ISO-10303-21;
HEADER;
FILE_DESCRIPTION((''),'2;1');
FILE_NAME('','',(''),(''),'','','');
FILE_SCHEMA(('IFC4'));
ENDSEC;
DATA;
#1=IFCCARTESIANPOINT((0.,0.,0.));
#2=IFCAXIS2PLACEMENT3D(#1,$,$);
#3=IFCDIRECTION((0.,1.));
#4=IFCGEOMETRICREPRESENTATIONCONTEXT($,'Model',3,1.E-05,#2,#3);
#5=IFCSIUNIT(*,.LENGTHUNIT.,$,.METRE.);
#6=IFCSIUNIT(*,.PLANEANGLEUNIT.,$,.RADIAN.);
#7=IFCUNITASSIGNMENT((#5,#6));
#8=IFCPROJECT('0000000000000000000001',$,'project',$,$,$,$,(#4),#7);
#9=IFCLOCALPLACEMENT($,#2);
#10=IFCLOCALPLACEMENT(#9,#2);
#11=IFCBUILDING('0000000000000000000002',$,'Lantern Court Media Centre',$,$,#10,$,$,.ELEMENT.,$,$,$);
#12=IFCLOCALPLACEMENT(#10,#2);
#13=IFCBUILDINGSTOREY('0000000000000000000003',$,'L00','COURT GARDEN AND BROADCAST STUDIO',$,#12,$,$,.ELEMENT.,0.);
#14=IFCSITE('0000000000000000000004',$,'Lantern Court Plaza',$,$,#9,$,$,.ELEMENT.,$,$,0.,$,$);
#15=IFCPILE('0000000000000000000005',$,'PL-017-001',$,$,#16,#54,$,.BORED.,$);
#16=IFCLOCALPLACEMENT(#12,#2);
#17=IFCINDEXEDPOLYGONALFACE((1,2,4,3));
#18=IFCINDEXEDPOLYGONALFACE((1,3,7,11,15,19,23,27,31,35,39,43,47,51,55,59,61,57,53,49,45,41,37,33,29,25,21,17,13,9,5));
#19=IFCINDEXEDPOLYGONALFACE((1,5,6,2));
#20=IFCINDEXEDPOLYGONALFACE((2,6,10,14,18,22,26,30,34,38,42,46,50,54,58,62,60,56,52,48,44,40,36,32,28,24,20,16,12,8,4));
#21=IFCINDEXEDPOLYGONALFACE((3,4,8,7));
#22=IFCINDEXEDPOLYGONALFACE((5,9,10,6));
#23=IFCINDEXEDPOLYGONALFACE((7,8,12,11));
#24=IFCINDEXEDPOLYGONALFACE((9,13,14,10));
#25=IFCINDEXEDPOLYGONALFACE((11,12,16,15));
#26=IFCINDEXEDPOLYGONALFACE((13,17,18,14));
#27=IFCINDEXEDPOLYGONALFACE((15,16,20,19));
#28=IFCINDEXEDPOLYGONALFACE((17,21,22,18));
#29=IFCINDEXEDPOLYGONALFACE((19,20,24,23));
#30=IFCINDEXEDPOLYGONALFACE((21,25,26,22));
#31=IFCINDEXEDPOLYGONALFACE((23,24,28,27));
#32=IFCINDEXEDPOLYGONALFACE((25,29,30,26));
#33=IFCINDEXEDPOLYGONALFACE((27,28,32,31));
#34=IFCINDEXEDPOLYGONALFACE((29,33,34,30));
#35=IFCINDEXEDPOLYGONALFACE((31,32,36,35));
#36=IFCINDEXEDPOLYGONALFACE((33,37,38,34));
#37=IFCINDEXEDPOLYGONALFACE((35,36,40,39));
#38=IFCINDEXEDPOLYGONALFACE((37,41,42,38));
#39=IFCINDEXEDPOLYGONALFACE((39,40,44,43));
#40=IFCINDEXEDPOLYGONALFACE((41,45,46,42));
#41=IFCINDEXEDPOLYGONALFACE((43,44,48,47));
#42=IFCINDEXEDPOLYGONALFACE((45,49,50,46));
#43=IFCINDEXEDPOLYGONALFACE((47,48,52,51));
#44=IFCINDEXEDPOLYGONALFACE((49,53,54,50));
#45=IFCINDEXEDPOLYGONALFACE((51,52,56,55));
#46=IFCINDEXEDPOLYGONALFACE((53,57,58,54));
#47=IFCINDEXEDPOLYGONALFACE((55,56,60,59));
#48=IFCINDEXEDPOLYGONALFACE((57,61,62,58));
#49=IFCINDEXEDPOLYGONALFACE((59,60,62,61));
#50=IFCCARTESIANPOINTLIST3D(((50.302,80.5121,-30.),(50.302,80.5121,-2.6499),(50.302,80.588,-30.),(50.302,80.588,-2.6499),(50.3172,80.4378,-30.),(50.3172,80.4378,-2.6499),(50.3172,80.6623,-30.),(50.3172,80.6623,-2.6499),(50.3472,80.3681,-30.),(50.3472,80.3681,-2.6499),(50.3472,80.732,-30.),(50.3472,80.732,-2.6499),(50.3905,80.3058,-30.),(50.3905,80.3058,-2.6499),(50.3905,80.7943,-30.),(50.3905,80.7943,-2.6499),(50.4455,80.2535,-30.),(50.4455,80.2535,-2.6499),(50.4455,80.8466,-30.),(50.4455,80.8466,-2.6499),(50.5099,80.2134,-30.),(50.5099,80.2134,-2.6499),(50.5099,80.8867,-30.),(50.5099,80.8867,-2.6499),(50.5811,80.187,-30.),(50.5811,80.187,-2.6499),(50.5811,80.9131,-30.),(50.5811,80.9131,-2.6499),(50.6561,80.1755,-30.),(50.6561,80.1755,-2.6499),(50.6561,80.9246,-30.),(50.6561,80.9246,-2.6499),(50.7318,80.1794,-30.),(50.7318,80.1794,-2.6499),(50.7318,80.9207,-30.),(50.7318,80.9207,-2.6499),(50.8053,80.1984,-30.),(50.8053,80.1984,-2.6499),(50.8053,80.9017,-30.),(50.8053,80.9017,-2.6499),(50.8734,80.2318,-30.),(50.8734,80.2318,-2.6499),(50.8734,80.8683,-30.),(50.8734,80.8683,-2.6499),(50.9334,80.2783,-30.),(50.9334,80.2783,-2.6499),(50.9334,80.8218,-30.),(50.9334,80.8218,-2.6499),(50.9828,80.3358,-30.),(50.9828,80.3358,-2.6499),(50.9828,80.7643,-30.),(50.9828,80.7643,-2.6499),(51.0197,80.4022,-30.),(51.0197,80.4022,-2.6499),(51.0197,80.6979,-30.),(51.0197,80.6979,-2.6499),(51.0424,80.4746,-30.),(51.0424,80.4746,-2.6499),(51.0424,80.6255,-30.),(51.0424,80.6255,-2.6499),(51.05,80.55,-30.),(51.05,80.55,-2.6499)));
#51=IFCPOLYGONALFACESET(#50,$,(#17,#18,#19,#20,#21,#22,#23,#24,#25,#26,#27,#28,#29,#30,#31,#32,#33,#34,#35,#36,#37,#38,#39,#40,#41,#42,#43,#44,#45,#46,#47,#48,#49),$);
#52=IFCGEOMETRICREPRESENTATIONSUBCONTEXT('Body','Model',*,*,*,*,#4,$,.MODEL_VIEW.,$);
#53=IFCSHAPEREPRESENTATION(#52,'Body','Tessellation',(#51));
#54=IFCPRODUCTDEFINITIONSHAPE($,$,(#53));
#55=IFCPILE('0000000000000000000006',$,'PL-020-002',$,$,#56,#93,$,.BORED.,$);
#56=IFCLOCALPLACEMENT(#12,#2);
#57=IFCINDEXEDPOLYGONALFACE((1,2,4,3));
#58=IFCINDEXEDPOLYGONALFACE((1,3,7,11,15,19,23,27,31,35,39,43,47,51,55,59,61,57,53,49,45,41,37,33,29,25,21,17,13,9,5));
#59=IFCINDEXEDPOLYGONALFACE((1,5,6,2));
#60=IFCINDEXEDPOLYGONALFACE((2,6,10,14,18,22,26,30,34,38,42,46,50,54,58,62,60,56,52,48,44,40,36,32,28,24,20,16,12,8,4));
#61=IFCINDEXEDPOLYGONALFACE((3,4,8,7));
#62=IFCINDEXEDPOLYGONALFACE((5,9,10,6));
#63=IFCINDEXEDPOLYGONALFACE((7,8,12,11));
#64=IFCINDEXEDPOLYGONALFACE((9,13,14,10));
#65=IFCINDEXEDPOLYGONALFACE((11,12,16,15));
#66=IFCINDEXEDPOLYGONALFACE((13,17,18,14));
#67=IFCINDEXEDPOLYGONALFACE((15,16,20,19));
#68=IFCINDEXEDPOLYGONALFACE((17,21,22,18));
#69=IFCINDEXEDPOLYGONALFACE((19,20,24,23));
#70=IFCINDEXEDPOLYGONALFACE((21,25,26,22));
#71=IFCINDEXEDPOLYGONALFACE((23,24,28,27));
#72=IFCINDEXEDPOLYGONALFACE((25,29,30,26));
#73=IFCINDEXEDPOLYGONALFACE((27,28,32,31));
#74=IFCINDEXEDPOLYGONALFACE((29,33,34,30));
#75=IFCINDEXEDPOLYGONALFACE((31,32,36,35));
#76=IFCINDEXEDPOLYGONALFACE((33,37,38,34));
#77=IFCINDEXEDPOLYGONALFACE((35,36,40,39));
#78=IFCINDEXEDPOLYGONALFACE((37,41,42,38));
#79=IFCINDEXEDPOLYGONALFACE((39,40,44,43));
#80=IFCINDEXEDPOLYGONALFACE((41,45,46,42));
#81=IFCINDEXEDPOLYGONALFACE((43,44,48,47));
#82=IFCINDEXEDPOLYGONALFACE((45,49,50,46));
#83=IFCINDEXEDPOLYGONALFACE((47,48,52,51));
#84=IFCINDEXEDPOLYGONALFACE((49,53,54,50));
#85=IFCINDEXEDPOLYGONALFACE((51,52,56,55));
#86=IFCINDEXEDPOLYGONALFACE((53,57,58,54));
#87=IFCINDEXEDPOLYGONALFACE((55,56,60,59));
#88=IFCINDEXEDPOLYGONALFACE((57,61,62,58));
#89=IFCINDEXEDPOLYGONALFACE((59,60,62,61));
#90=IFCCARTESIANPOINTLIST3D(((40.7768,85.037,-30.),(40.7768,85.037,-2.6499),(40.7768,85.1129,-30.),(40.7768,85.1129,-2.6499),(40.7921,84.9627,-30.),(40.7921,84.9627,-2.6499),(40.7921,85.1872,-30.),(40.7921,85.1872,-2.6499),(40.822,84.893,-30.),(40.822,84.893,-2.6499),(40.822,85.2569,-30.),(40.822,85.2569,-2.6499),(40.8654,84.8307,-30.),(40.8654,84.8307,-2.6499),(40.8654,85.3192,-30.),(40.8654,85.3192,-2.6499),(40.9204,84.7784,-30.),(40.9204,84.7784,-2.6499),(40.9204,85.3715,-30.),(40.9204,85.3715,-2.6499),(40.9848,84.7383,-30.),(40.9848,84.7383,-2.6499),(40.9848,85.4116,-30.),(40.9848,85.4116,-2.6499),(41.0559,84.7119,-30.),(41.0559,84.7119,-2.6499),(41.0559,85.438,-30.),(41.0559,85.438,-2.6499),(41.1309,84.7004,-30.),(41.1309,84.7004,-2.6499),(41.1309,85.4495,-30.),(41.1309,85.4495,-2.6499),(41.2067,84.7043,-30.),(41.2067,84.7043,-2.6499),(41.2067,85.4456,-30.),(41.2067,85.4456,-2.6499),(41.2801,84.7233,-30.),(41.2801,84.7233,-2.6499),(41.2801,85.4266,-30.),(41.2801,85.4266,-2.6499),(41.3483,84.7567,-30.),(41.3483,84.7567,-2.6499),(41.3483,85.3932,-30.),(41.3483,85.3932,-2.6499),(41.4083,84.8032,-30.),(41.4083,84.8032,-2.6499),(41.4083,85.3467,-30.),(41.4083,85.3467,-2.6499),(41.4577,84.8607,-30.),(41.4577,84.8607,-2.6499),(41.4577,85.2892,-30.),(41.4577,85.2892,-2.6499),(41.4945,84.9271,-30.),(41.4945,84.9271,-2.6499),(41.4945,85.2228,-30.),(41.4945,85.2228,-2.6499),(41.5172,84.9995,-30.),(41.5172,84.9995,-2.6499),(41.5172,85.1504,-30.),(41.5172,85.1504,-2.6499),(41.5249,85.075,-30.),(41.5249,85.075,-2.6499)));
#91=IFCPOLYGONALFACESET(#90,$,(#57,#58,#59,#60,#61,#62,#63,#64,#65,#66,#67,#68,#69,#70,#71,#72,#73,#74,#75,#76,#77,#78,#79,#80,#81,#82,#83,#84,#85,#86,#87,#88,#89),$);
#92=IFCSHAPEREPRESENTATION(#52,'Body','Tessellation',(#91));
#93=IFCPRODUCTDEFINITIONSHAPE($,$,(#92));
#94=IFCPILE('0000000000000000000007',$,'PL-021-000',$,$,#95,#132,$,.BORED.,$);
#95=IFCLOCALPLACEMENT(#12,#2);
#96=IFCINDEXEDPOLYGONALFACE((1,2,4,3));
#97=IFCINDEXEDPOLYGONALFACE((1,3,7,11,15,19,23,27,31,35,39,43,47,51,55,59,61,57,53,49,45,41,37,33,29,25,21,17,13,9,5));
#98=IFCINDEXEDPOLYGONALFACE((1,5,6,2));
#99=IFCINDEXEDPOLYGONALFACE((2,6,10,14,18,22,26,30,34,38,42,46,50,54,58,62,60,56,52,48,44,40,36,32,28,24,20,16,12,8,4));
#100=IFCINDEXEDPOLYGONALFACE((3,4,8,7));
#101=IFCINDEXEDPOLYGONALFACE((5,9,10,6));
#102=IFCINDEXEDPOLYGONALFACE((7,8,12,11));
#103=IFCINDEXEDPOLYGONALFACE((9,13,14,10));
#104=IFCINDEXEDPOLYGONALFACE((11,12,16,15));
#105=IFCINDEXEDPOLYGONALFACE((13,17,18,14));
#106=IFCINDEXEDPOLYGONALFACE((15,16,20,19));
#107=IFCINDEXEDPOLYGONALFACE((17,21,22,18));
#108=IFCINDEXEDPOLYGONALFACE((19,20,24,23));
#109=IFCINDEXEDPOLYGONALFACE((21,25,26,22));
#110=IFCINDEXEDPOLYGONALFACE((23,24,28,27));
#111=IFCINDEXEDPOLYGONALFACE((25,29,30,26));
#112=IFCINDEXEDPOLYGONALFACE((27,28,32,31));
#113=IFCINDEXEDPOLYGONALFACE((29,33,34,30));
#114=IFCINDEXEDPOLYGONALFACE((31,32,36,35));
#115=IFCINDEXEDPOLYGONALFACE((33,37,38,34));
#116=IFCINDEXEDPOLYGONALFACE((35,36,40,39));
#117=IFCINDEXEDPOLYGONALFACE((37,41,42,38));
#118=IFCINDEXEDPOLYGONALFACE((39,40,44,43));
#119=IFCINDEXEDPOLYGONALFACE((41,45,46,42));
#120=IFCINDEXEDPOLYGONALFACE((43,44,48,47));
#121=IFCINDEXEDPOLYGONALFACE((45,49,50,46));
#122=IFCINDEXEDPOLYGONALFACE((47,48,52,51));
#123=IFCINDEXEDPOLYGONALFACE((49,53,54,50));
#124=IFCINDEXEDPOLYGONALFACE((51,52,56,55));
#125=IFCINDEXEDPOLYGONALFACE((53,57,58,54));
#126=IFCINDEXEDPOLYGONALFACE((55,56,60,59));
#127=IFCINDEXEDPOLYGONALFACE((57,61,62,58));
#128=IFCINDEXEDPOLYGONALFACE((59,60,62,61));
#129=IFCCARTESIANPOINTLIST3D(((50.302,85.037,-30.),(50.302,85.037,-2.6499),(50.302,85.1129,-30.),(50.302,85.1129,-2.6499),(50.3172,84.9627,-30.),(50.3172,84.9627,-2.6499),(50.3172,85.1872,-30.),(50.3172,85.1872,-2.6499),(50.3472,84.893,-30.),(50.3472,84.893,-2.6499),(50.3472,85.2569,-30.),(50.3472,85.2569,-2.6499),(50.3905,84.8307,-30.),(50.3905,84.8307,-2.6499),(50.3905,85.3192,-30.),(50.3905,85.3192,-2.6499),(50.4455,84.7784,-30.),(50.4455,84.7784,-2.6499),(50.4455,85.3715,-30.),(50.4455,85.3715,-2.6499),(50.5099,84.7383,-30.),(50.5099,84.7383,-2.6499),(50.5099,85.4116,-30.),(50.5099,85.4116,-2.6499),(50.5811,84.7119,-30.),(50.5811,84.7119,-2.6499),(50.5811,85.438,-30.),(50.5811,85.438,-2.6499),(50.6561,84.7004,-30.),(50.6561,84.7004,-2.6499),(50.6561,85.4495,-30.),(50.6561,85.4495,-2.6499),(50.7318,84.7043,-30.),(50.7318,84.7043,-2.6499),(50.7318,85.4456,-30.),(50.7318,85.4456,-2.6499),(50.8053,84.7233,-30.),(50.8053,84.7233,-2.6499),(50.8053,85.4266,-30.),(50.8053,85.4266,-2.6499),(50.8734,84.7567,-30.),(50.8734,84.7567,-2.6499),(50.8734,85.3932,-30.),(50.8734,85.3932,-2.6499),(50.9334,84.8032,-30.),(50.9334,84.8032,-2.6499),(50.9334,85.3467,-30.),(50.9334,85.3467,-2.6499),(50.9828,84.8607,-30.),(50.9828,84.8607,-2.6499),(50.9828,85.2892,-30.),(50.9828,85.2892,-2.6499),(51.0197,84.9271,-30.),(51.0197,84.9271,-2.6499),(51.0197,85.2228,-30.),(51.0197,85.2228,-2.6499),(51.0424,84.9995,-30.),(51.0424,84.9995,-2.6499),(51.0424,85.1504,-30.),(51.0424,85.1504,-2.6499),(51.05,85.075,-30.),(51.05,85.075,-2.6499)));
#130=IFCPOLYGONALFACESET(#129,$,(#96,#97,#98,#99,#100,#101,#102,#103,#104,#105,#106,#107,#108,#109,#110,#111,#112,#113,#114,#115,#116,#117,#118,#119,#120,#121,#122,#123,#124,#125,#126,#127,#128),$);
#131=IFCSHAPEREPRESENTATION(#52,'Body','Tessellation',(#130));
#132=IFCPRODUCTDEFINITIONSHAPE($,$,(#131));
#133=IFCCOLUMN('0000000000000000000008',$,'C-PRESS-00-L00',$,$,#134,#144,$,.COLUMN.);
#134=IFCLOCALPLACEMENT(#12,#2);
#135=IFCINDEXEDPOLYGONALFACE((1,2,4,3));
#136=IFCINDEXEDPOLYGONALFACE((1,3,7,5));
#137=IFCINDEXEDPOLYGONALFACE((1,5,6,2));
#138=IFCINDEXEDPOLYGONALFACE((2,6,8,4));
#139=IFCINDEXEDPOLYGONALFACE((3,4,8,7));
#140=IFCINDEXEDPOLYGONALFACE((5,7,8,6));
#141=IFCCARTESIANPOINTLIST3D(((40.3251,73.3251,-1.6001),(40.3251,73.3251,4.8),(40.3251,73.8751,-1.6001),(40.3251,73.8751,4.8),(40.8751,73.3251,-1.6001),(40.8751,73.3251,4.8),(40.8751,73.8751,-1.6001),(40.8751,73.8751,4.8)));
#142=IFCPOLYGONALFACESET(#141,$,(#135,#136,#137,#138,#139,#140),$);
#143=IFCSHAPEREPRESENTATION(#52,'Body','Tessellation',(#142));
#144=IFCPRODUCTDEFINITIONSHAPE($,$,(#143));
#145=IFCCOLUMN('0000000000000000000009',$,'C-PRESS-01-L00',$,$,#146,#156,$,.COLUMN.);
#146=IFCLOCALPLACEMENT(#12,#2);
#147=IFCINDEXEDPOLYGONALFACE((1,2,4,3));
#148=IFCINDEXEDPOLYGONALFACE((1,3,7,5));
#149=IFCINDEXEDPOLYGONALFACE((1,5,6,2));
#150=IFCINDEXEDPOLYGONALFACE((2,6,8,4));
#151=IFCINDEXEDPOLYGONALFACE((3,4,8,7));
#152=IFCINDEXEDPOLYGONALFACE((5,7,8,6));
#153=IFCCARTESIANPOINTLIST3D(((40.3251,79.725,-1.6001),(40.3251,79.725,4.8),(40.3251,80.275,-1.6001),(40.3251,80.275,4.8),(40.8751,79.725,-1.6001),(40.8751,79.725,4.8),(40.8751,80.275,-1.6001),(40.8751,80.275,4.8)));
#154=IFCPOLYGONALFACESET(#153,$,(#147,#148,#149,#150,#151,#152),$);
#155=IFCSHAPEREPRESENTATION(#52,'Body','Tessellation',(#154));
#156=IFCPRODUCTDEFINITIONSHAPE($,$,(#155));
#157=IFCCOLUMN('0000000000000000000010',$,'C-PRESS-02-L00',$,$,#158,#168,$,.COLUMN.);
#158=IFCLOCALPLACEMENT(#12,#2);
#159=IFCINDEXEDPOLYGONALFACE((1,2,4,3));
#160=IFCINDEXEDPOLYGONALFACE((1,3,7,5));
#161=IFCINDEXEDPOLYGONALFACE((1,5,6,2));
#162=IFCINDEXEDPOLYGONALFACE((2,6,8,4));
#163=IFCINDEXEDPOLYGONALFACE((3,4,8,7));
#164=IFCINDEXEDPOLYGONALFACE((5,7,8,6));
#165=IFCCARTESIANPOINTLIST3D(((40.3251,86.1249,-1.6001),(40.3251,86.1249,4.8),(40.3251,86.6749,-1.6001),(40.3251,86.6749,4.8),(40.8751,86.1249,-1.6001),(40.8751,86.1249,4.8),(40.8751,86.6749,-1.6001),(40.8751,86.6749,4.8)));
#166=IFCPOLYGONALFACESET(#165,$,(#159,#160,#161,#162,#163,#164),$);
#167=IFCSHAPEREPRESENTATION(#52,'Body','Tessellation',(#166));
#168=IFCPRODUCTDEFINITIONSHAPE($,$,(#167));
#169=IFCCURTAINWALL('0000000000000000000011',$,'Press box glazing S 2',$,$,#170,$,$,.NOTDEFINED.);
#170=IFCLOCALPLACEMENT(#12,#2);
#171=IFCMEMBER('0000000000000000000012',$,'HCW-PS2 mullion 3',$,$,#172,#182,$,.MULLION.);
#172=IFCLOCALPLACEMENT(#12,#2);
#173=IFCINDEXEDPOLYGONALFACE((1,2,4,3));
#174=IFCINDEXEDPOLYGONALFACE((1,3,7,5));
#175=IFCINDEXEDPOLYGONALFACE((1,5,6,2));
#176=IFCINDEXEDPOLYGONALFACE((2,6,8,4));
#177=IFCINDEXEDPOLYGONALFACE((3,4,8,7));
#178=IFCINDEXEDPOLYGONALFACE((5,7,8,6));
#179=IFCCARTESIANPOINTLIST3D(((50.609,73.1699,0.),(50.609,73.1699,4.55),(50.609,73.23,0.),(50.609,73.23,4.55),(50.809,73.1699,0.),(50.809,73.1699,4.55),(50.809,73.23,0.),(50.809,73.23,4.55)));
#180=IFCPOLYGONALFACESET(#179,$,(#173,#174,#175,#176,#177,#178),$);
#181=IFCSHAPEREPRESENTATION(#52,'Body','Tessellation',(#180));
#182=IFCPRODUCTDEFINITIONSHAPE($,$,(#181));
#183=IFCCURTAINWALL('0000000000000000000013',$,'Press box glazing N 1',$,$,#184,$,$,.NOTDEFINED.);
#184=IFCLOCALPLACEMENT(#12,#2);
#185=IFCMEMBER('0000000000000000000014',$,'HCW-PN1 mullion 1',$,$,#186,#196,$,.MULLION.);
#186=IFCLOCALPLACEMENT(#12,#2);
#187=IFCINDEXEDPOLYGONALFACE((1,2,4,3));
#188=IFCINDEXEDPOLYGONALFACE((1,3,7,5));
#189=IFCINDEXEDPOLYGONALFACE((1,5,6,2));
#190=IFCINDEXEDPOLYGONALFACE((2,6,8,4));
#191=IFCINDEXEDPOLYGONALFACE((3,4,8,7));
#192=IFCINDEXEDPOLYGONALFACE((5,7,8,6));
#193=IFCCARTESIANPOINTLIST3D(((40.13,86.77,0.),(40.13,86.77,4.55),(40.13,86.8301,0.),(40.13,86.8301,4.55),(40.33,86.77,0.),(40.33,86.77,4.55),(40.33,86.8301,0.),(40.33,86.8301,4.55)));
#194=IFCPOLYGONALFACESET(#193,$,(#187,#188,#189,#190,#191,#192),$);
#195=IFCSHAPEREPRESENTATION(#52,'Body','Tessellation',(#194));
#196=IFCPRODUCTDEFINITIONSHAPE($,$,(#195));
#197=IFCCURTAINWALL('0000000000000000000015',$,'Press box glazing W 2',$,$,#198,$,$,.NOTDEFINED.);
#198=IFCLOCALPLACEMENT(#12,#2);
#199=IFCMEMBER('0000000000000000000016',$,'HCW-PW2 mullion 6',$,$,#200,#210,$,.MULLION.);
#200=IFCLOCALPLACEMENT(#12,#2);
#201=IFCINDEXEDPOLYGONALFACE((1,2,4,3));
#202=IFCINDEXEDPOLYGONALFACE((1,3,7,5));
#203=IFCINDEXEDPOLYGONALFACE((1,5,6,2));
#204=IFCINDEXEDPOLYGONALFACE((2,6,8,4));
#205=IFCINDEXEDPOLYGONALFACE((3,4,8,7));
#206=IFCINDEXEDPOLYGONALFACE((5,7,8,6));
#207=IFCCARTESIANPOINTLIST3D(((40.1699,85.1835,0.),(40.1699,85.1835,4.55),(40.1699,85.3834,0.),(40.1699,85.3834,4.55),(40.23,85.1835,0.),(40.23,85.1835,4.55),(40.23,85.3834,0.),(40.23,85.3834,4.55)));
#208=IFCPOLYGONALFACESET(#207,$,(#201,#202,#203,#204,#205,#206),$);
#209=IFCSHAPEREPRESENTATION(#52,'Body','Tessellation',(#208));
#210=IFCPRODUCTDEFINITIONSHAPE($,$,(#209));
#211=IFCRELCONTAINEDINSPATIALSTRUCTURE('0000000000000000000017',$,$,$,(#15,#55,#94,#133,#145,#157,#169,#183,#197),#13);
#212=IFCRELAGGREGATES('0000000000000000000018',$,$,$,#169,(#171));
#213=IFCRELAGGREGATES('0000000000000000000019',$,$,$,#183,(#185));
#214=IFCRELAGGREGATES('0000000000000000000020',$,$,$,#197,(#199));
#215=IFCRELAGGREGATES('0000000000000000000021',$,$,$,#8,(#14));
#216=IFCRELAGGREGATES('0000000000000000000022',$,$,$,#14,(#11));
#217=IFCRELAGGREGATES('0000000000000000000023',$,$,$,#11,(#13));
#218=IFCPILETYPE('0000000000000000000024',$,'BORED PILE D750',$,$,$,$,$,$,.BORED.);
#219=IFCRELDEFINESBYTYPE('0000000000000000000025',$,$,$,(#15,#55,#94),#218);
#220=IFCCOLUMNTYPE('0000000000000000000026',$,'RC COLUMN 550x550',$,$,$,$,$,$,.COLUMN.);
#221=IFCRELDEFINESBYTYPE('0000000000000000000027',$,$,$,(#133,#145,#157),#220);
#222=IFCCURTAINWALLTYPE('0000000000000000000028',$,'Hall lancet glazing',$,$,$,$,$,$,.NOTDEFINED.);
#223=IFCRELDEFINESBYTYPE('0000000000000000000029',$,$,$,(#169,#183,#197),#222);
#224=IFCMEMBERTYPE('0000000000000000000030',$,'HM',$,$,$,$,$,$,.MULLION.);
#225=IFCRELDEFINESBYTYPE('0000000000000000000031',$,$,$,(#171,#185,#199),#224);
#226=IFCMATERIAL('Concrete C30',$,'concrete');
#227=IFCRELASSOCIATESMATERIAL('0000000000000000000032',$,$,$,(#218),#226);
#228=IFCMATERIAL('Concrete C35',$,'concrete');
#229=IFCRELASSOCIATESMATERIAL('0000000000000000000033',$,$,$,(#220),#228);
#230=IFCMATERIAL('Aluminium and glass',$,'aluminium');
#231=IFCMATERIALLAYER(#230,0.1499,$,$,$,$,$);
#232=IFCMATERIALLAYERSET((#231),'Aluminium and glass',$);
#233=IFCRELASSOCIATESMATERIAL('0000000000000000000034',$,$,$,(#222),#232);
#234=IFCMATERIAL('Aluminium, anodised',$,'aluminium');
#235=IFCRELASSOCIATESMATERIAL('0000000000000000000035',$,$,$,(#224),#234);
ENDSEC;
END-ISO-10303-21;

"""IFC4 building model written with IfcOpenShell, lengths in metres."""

from ifc_helpers import new_model, si_unit, direction, frame, origin, origin_2d, place, context, subcontext, project, spatial, rectangle, circle, extrude, material, layer, layer_set, material_profile, profile_set, type_object, element, aggregate, save


model = new_model("IFC4")

# Units and contexts
model_context = context("Model", 3, precision=1e-05, world=origin(), true_north=direction((0.0, 1.0)))
body_context = subcontext(model_context, "Body", "Model", "MODEL_VIEW")
ifc_project = project(units=[si_unit("LENGTHUNIT", "METRE"), si_unit("PLANEANGLEUNIT", "RADIAN")], contexts=[model_context])

# Site, building, storey
site_placement = place(None, origin())
site = spatial("IfcSite", under=ifc_project, at=site_placement, Name="Lantern Court Plaza", CompositionType="ELEMENT", RefElevation=0.0)
building_placement = place(site_placement, origin())
building = spatial("IfcBuilding", under=site, at=building_placement, Name="Lantern Court Media Centre", CompositionType="ELEMENT")
storey_placement = place(building_placement, origin())
storey = spatial("IfcBuildingStorey", under=building, at=storey_placement, Name="L00", Description="COURT GARDEN AND BROADCAST STUDIO", CompositionType="ELEMENT", Elevation=0.0)

# Piles
ifc_material_1 = material(Name="Concrete C30", Category="concrete")
ifc_material_profile_1 = material_profile(ifc_material_1, circle(Radius=0.375, at=origin_2d()), Name="D750")
ifc_profile_set_1 = profile_set([ifc_material_profile_1], Name="Concrete C30")
pile_type = type_object("IfcPileType", Name="BORED PILE D750", PredefinedType="BORED", material=ifc_profile_set_1)
for number, where, z_axis, x_axis, name in (
    (1, (50.675, 80.55, -2.6499), (0.0, 0.0, -1.0), (1.0, 0.0, 0.0), "PL-017-001"),
    (2, (41.1499, 85.075, -2.6499), (0.0, 0.0, -1.0), (1.0, 0.0, 0.0), "PL-020-002"),
    (3, (50.675, 85.075, -2.6499), (0.0, 0.0, -1.0), (1.0, 0.0, 0.0), "PL-021-000"),
):
    element("IfcPile", number, at=place(storey_placement, frame(where, z_axis=z_axis, x_axis=x_axis)), inside=storey, type_object=pile_type, Name=name, PredefinedType="BORED", context=body_context, shape_type="SweptSolid", body=[
        extrude(circle(Radius=0.375, at=origin_2d()), origin(), (0.0, 0.0, 1.0), 27.3501),
    ])

# Columns
ifc_material_2 = material(Name="Concrete C35", Category="concrete")
ifc_material_profile_2 = material_profile(ifc_material_2, rectangle(XDim=0.55, YDim=0.55, at=origin_2d()), Name="RC 550x550")
ifc_profile_set_2 = profile_set([ifc_material_profile_2], Name="Concrete C35")
column_type = type_object("IfcColumnType", Name="RC COLUMN 550x550", PredefinedType="COLUMN", material=ifc_profile_set_2)
for number, where, z_axis, x_axis, name in (
    (4, (40.6001, 73.6001, -1.6001), (0.0, 0.0, 1.0), (1.0, 0.0, 0.0), "C-PRESS-00-L00"),
    (5, (40.6001, 80.0, -1.6001), (0.0, 0.0, 1.0), (1.0, 0.0, 0.0), "C-PRESS-01-L00"),
    (6, (40.6001, 86.3999, -1.6001), (0.0, 0.0, 1.0), (1.0, 0.0, 0.0), "C-PRESS-02-L00"),
):
    element("IfcColumn", number, at=place(storey_placement, frame(where, z_axis=z_axis, x_axis=x_axis)), inside=storey, type_object=column_type, Name=name, PredefinedType="COLUMN", context=body_context, shape_type="SweptSolid", body=[
        extrude(rectangle(XDim=0.55, YDim=0.55, at=origin_2d()), origin(), (0.0, 0.0, 1.0), 6.4001),
    ])

# Curtain walls, members
ifc_material_3 = material(Name="Aluminium and glass", Category="aluminium")
ifc_layer_1 = layer(ifc_material_3, 0.1499)
ifc_layer_set_1 = layer_set([ifc_layer_1], Name="Aluminium and glass")
curtain_wall_type = type_object("IfcCurtainWallType", Name="Hall lancet glazing", PredefinedType="NOTDEFINED", material=ifc_layer_set_1)
curtain_wall_1_placement = place(storey_placement, origin())
curtain_wall_1 = element("IfcCurtainWall", 7, at=curtain_wall_1_placement, inside=storey, type_object=curtain_wall_type, Name="Press box glazing S 2", PredefinedType="NOTDEFINED")
ifc_material_4 = material(Name="Aluminium, anodised", Category="aluminium")
ifc_material_profile_3 = material_profile(ifc_material_4, rectangle(XDim=0.0601, YDim=0.2, at=origin_2d()), Name="HM")
ifc_profile_set_3 = profile_set([ifc_material_profile_3], Name="Aluminium, anodised")
member_type_1 = type_object("IfcMemberType", Name="HM", PredefinedType="MULLION", material=ifc_profile_set_3)
member_1_placement = place(storey_placement, frame((50.709, 73.2, 0.0), z_axis=(0.0, 0.0, 1.0), x_axis=(0.0, 1.0, 0.0)))
member_1 = element("IfcMember", 8, at=member_1_placement, type_object=member_type_1, Name="HCW-PS2 mullion 3", PredefinedType="MULLION", context=body_context, shape_type="SweptSolid", body=[
    extrude(rectangle(XDim=0.0601, YDim=0.2, at=origin_2d()), origin(), (0.0, 0.0, 1.0), 4.55),
])
curtain_wall_2_placement = place(storey_placement, origin())
curtain_wall_2 = element("IfcCurtainWall", 9, at=curtain_wall_2_placement, inside=storey, type_object=curtain_wall_type, Name="Press box glazing N 1", PredefinedType="NOTDEFINED")
member_2_placement = place(storey_placement, frame((40.23, 86.8, 0.0), z_axis=(0.0, 0.0, 1.0), x_axis=(0.0, 1.0, 0.0)))
member_2 = element("IfcMember", 10, at=member_2_placement, type_object=member_type_1, Name="HCW-PN1 mullion 1", PredefinedType="MULLION", context=body_context, shape_type="SweptSolid", body=[
    extrude(rectangle(XDim=0.0601, YDim=0.2, at=origin_2d()), origin(), (0.0, 0.0, 1.0), 4.55),
])

# Curtain wall, member
curtain_wall_3_placement = place(storey_placement, origin())
curtain_wall_3 = element("IfcCurtainWall", 11, at=curtain_wall_3_placement, inside=storey, type_object=curtain_wall_type, Name="Press box glazing W 2", PredefinedType="NOTDEFINED")
member_3_placement = place(storey_placement, frame((40.2, 85.2834, 0.0), z_axis=(0.0, 0.0, 1.0), x_axis=(-1.0, 0.0, 0.0)))
member_3 = element("IfcMember", 12, at=member_3_placement, type_object=member_type_1, Name="HCW-PW2 mullion 6", PredefinedType="MULLION", context=body_context, shape_type="SweptSolid", body=[
    extrude(rectangle(XDim=0.0601, YDim=0.2, at=origin_2d()), origin(), (0.0, 0.0, 1.0), 4.55),
])

aggregate(curtain_wall_1, [member_1])
aggregate(curtain_wall_2, [member_2])
aggregate(curtain_wall_3, [member_3])

save(model, "model.ifc")
